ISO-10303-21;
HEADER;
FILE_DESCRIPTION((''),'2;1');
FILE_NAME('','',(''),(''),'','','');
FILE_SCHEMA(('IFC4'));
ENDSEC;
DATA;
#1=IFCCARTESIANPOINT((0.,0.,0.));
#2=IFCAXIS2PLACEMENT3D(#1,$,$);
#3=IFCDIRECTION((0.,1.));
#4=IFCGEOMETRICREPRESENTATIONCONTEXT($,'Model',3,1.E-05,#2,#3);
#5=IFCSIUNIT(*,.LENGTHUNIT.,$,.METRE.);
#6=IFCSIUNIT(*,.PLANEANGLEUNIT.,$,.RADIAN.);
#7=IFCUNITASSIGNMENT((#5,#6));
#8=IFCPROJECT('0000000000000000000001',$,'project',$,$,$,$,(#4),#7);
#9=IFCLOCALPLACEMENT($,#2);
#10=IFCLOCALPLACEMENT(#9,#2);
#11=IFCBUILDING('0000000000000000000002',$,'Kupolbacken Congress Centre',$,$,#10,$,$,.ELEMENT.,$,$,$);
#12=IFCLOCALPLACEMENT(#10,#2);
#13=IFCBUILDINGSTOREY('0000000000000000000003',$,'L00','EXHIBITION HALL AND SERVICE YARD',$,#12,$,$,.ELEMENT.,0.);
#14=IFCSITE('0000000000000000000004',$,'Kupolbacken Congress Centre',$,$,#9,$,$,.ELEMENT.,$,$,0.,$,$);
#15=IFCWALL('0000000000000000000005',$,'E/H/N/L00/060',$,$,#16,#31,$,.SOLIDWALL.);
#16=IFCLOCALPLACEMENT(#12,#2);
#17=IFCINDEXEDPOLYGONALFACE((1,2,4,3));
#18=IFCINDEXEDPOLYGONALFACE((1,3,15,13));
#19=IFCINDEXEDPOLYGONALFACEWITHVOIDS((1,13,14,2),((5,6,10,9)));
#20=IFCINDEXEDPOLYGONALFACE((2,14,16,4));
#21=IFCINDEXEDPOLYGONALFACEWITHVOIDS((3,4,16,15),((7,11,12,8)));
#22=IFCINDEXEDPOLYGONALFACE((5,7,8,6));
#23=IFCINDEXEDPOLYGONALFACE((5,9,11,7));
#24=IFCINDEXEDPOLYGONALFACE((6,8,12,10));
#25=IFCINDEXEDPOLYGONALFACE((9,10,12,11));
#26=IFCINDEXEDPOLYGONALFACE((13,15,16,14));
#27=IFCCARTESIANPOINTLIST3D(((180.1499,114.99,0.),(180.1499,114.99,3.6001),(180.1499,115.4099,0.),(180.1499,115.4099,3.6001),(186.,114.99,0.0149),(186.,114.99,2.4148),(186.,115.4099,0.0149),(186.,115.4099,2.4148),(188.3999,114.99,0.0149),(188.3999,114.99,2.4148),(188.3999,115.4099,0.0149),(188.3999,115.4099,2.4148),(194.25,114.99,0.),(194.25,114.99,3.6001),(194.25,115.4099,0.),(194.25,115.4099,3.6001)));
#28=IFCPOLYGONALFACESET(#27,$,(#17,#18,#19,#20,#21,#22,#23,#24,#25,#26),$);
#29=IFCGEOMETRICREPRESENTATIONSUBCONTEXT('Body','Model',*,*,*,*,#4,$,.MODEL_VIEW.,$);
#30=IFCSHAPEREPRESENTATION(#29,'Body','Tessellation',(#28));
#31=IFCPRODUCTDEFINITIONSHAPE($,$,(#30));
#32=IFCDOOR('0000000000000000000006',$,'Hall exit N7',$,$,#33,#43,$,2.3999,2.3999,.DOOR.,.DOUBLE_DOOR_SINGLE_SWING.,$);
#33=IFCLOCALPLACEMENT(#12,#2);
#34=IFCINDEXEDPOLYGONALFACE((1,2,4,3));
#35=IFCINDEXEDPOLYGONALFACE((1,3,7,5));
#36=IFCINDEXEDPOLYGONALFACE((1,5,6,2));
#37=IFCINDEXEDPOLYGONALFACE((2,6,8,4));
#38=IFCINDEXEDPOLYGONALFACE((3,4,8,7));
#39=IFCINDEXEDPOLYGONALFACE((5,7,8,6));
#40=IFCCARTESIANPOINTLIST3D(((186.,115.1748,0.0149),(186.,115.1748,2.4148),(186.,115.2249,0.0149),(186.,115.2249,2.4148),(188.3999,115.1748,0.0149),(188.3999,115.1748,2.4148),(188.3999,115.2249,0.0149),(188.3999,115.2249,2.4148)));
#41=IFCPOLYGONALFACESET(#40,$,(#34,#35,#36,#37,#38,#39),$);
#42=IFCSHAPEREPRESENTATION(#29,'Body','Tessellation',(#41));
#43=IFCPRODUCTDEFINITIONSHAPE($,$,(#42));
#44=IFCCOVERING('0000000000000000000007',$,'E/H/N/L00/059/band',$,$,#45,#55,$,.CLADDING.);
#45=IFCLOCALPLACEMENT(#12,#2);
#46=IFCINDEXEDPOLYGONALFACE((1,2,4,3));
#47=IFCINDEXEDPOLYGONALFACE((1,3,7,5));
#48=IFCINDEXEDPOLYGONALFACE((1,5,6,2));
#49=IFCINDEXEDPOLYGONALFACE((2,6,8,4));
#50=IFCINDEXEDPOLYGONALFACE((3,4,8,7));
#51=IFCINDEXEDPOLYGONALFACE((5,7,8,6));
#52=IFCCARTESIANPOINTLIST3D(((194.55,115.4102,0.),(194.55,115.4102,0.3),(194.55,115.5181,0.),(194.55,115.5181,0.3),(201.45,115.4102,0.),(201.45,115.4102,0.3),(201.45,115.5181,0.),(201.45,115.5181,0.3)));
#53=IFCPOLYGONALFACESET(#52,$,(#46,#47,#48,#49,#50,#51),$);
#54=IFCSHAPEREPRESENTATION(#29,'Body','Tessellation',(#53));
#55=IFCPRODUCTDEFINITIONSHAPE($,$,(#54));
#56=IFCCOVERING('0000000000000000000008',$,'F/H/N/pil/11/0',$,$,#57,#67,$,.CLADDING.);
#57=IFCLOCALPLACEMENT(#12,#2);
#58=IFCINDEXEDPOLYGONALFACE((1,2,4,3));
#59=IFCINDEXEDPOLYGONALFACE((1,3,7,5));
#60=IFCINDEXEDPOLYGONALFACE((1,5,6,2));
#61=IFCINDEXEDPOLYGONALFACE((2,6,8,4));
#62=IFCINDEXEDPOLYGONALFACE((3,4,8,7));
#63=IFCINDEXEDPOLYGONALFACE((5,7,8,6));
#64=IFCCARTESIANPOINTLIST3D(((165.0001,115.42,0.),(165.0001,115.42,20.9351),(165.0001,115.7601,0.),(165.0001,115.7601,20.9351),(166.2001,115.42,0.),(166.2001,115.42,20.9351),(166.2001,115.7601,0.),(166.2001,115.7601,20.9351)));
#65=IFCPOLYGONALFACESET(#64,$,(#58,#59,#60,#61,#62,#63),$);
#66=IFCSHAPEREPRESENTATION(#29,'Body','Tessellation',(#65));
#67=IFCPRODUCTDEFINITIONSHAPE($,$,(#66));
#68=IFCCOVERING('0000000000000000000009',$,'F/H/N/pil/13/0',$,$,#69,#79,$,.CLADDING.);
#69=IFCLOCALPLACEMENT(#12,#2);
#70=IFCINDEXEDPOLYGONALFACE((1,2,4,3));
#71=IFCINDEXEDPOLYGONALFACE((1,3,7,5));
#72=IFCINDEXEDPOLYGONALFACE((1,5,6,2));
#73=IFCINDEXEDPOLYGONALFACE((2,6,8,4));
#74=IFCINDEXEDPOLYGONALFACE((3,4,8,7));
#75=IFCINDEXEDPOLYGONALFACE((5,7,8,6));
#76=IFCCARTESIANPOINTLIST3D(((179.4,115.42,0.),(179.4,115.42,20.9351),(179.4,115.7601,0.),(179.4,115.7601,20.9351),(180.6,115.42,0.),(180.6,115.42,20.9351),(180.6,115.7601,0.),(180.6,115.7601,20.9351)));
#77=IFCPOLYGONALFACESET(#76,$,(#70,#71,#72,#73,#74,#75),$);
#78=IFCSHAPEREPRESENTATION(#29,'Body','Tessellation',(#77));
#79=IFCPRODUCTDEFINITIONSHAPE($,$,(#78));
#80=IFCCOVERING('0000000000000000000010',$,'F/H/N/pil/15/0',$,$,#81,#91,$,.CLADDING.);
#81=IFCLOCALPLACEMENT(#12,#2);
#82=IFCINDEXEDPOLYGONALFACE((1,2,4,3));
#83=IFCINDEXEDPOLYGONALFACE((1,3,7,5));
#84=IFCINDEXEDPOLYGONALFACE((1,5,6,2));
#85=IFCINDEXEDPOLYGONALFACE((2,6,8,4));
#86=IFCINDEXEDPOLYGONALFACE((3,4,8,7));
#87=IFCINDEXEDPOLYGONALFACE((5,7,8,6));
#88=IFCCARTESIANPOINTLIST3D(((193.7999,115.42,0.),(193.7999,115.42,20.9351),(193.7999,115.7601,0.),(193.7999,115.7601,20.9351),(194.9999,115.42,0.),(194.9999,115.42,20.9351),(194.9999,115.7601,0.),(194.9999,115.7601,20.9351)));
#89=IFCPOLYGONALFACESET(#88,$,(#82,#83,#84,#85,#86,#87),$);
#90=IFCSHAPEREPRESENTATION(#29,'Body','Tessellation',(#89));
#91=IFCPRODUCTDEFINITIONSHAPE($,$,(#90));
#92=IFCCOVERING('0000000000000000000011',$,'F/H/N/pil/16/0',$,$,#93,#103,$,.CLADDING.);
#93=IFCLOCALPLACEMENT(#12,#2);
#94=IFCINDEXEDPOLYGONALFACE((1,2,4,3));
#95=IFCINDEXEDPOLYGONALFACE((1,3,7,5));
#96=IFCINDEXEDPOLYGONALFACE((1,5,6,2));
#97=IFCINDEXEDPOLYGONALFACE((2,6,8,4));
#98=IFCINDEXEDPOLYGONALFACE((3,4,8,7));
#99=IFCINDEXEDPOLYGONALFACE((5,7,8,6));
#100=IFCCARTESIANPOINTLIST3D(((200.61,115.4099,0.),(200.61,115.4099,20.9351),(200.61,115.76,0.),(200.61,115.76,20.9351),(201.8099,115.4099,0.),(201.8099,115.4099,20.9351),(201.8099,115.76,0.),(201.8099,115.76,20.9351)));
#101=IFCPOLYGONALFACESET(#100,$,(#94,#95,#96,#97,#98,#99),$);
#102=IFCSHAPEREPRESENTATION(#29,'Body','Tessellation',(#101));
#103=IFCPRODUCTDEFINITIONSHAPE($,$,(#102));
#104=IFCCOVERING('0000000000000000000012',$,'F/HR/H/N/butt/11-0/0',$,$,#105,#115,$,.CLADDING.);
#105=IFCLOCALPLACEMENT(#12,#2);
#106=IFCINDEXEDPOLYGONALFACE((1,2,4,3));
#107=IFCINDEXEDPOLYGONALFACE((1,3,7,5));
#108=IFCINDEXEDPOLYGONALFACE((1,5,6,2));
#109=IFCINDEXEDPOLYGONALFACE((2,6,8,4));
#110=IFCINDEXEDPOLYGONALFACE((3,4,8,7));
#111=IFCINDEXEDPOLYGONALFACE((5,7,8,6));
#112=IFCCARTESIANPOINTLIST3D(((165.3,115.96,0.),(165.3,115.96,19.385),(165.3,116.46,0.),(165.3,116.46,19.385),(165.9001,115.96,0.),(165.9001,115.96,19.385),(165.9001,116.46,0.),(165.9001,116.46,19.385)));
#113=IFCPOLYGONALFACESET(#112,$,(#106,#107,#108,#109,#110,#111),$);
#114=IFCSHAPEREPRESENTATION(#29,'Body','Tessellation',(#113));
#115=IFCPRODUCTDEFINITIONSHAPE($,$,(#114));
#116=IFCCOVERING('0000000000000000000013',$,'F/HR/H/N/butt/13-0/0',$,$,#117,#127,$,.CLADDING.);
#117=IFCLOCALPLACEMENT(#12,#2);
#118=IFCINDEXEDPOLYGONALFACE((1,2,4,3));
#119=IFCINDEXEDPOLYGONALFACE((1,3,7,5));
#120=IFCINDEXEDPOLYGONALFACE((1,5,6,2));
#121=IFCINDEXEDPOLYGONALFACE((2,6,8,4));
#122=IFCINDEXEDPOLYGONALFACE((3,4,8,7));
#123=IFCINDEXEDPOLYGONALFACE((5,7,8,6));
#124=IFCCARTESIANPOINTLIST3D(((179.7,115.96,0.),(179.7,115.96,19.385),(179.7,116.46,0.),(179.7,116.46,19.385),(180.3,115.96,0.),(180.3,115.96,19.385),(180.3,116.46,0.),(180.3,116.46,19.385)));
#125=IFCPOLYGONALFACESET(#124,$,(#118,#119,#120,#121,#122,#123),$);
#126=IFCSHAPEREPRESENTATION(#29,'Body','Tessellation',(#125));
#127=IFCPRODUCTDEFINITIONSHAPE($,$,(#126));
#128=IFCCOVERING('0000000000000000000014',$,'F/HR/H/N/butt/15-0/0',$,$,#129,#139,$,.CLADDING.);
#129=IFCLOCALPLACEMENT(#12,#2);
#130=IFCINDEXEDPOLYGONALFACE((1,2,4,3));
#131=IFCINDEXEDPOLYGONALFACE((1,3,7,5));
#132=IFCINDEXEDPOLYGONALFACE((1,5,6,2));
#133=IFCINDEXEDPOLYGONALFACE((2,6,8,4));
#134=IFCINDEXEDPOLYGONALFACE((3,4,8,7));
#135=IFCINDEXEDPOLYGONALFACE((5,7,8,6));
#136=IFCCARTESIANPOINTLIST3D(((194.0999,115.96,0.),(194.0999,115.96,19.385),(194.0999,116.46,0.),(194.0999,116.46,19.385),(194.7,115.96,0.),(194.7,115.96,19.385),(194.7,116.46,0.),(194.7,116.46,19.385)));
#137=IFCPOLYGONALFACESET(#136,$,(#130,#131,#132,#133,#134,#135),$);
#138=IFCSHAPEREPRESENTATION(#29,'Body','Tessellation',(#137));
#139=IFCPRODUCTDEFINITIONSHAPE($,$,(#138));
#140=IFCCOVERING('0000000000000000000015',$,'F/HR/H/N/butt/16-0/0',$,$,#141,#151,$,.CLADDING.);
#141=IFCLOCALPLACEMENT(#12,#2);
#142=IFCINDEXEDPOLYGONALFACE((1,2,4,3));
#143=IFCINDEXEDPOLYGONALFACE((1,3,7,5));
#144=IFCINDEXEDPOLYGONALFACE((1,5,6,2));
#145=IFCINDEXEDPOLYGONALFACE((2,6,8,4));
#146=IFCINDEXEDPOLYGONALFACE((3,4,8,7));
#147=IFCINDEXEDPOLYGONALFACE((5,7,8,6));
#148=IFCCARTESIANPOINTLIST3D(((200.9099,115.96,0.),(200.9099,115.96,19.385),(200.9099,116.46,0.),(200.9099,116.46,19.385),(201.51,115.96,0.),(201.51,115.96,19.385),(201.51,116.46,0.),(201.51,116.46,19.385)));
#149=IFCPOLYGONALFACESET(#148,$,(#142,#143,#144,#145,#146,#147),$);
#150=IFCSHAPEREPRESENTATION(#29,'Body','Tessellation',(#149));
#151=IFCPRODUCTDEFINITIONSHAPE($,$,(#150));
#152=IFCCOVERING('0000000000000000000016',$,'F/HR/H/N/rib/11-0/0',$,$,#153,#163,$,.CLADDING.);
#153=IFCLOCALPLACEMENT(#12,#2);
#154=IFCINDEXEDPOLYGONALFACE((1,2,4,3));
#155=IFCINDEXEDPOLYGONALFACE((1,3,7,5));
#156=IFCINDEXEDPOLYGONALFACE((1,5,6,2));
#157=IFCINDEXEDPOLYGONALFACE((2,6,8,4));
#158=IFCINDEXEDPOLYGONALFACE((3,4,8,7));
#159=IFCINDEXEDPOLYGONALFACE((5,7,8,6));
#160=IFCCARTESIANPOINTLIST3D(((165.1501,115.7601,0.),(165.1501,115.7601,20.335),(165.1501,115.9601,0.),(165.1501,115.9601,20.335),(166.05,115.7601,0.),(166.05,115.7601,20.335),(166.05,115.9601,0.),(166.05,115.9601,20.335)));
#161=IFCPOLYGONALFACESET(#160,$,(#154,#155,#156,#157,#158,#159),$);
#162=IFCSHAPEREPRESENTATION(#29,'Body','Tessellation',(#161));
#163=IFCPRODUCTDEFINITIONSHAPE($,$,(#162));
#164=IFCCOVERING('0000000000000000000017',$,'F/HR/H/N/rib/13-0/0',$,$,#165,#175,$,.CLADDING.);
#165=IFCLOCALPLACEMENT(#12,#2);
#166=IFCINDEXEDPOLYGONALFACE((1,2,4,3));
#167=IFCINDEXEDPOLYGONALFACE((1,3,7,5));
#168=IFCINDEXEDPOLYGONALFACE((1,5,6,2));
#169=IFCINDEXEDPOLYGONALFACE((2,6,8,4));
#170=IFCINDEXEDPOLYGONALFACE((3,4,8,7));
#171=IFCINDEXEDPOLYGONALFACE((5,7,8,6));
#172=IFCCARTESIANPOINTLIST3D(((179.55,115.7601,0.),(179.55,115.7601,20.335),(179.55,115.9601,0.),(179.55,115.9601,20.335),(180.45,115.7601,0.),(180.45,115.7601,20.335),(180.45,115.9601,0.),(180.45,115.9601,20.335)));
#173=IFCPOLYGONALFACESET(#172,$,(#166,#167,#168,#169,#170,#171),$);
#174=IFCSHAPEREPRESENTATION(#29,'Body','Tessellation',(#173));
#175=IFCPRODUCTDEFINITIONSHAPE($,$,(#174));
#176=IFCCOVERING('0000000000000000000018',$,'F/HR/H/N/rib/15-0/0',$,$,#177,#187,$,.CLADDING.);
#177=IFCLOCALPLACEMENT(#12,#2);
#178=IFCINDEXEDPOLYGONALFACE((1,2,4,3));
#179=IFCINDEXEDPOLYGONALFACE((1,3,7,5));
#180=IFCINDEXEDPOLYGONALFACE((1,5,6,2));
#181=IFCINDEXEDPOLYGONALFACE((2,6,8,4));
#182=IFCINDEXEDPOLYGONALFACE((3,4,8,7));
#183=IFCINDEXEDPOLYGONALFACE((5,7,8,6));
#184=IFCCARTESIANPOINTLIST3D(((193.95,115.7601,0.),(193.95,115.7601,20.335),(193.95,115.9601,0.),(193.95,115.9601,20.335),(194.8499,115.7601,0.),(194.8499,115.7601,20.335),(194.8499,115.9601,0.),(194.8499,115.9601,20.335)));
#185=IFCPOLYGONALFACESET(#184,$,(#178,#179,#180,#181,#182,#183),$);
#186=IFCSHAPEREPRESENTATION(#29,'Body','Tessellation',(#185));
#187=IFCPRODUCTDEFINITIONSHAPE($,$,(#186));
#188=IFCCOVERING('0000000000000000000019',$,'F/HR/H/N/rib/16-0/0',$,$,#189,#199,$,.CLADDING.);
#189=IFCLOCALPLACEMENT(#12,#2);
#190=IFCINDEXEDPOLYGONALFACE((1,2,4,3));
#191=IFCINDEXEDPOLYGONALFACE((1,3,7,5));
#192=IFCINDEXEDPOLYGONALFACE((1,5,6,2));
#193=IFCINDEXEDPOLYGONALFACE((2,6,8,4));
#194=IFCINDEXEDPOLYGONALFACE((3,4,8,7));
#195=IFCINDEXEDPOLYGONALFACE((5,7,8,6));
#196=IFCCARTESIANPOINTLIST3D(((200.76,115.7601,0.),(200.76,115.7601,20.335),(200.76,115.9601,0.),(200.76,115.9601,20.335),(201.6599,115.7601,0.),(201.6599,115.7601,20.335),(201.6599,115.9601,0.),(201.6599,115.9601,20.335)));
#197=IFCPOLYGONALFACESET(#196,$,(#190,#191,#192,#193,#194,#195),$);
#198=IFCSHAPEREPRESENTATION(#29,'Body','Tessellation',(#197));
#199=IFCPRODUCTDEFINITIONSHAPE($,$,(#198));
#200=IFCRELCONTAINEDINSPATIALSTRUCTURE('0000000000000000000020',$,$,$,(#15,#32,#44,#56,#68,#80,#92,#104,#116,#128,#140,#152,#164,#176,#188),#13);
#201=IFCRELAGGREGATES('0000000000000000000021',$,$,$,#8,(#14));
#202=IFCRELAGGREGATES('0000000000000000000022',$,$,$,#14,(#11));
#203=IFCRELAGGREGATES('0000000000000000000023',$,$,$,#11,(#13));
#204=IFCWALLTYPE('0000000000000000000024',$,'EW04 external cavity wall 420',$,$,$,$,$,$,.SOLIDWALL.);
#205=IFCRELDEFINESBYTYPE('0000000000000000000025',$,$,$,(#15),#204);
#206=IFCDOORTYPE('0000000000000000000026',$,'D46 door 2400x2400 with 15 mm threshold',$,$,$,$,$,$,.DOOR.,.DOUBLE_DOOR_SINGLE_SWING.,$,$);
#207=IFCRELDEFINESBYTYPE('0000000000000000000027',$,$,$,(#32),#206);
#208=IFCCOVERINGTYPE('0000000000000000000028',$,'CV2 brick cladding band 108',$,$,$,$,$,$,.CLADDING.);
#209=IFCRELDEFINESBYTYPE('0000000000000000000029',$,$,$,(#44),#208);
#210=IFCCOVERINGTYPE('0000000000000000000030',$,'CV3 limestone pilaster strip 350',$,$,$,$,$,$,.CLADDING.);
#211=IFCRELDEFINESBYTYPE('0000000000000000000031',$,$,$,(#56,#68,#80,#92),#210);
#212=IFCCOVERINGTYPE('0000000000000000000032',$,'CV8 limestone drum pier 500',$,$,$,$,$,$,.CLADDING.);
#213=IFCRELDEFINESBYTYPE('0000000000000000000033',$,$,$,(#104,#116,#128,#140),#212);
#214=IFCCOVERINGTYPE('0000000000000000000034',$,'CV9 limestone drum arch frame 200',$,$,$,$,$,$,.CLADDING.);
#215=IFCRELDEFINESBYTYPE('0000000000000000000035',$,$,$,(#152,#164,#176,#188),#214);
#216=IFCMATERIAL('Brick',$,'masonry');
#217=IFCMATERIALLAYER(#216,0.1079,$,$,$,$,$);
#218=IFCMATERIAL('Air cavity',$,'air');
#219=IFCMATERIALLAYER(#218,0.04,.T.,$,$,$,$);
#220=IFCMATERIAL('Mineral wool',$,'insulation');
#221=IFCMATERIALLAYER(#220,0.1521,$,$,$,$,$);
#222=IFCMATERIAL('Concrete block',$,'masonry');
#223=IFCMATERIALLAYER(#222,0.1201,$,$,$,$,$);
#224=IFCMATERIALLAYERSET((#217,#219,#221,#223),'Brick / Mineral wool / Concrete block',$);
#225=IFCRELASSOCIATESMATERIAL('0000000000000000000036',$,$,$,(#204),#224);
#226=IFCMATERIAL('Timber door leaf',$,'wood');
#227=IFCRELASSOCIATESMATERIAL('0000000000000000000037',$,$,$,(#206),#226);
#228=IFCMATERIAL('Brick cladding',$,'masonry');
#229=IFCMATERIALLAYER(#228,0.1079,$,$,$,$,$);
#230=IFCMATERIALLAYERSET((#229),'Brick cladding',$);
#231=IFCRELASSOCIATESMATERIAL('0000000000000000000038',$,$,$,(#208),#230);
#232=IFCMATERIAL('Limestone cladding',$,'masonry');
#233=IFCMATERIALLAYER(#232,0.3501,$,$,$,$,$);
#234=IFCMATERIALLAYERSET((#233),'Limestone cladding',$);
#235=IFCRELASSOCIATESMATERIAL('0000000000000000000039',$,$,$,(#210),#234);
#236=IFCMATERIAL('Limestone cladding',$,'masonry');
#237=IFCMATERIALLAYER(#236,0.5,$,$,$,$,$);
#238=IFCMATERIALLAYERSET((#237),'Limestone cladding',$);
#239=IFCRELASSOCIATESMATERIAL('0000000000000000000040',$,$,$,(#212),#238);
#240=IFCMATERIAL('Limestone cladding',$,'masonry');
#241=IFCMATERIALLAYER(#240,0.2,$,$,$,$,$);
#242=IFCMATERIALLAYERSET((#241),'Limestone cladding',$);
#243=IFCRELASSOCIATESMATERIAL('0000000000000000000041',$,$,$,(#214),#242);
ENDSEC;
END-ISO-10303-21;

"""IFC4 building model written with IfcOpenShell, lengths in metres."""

from ifc_helpers import new_model, si_unit, direction, frame, frame_2d, origin, origin_2d, place, context, subcontext, project, spatial, rectangle, extrude, material, layer, layer_set, type_object, element, fill, save


model = new_model("IFC4")

# Units and contexts
model_context = context("Model", 3, precision=1e-05, world=origin(), true_north=direction((0.0, 1.0)))
body_context = subcontext(model_context, "Body", "Model", "MODEL_VIEW")
ifc_project = project(units=[si_unit("LENGTHUNIT", "METRE"), si_unit("PLANEANGLEUNIT", "RADIAN")], contexts=[model_context])

# Site, building, storey
site_placement = place(None, origin())
site = spatial("IfcSite", under=ifc_project, at=site_placement, Name="Kupolbacken Congress Centre", CompositionType="ELEMENT", RefElevation=0.0)
building_placement = place(site_placement, origin())
building = spatial("IfcBuilding", under=site, at=building_placement, Name="Kupolbacken Congress Centre", CompositionType="ELEMENT")
storey_placement = place(building_placement, origin())
storey = spatial("IfcBuildingStorey", under=building, at=storey_placement, Name="L00", Description="EXHIBITION HALL AND SERVICE YARD", CompositionType="ELEMENT", Elevation=0.0)

# Shared definitions
ifc_material_1 = material(Name="Brick", Category="masonry")
ifc_layer_1 = layer(ifc_material_1, 0.1079)
ifc_material_2 = material(Name="Air cavity", Category="air")
ifc_layer_2 = layer(ifc_material_2, 0.04, ventilated=True)
ifc_material_3 = material(Name="Mineral wool", Category="insulation")
ifc_layer_3 = layer(ifc_material_3, 0.1521)
ifc_material_4 = material(Name="Concrete block", Category="masonry")
ifc_layer_4 = layer(ifc_material_4, 0.1201)
ifc_layer_set_1 = layer_set([ifc_layer_1, ifc_layer_2, ifc_layer_3, ifc_layer_4], Name="Brick / Mineral wool / Concrete block")
wall_type = type_object("IfcWallType", Name="EW04 external cavity wall 420", PredefinedType="SOLIDWALL", material=ifc_layer_set_1)

# Wall, opening, door
wall_1_placement = place(storey_placement, frame((194.25, 115.2, 0.0), z_axis=(0.0, 0.0, 1.0), x_axis=(-1.0, 0.0, 0.0)))
wall_1 = element("IfcWall", 1, at=wall_1_placement, inside=storey, type_object=wall_type, Name="E/H/N/L00/060", PredefinedType="SOLIDWALL", context=body_context, shape_type="SweptSolid", body=[
    extrude(rectangle(XDim=14.1001, YDim=0.4199, at=frame_2d((7.05, 0.0))), origin(), (0.0, 0.0, 1.0), 3.6001),
])
opening_placement = place(wall_1_placement, frame((5.8501, 0.0, 0.0149)))
opening = element("IfcOpeningElement", 2, at=opening_placement, cuts=wall_1, PredefinedType="OPENING", context=body_context, shape_type="SweptSolid", body=[
    extrude(rectangle(XDim=2.3999, YDim=2.3999, at=frame_2d((1.2, 1.2))), frame((0.0, 0.22, 0.0), z_axis=(0.0, -1.0, 0.0), x_axis=(1.0, 0.0, 0.0)), (0.0, 0.0, 1.0), 0.4399),
])
ifc_material_5 = material(Name="Timber door leaf", Category="wood")
door_type = type_object("IfcDoorType", Name="D46 door 2400x2400 with 15 mm threshold", OperationType="DOUBLE_DOOR_SINGLE_SWING", PredefinedType="DOOR", material=ifc_material_5)
door_placement = place(opening_placement, frame((2.3999, 0.0, 0.0), z_axis=(0.0, 0.0, 1.0), x_axis=(-1.0, 0.0, 0.0)))
door = element("IfcDoor", 3, at=door_placement, inside=storey, type_object=door_type, Name="Hall exit N7", OperationType="DOUBLE_DOOR_SINGLE_SWING", OverallHeight=2.3999, OverallWidth=2.3999, PredefinedType="DOOR", context=body_context, shape_type="SweptSolid", body=[
    extrude(rectangle(XDim=2.3999, YDim=2.3999, at=frame_2d((1.2, 1.2))), frame((0.0, 0.0249, 0.0), z_axis=(0.0, -1.0, 0.0), x_axis=(1.0, 0.0, 0.0)), (0.0, 0.0, 1.0), 0.05),
])
fill(opening, door)

# Coverings
ifc_material_6 = material(Name="Brick cladding", Category="masonry")
ifc_layer_5 = layer(ifc_material_6, 0.1079)
ifc_layer_set_2 = layer_set([ifc_layer_5], Name="Brick cladding")
covering_type_1 = type_object("IfcCoveringType", Name="CV2 brick cladding band 108", PredefinedType="CLADDING", material=ifc_layer_set_2)
covering_1_placement = place(storey_placement, frame((198.0, 115.4641, 0.0), z_axis=(0.0, 0.0, 1.0), x_axis=(-1.0, 0.0, 0.0)))
element("IfcCovering", 4, at=covering_1_placement, inside=storey, type_object=covering_type_1, Name="E/H/N/L00/059/band", PredefinedType="CLADDING", context=body_context, shape_type="SweptSolid", body=[
    extrude(rectangle(XDim=6.8999, YDim=0.1079, at=origin_2d()), origin(), (0.0, 0.0, 1.0), 0.3),
])
ifc_material_7 = material(Name="Limestone cladding", Category="masonry")
ifc_layer_6 = layer(ifc_material_7, 0.3501)
ifc_layer_set_3 = layer_set([ifc_layer_6], Name="Limestone cladding")
covering_type_2 = type_object("IfcCoveringType", Name="CV3 limestone pilaster strip 350", PredefinedType="CLADDING", material=ifc_layer_set_3)
for number, where, z_axis, x_axis, name in (
    (5, (165.6001, 115.5901, 0.0), (0.0, 0.0, 1.0), (1.0, 0.0, 0.0), "F/H/N/pil/11/0"),
    (6, (180.0, 115.5901, 0.0), (0.0, 0.0, 1.0), (1.0, 0.0, 0.0), "F/H/N/pil/13/0"),
    (7, (194.3999, 115.5901, 0.0), (0.0, 0.0, 1.0), (1.0, 0.0, 0.0), "F/H/N/pil/15/0"),
):
    element("IfcCovering", number, at=place(storey_placement, frame(where, z_axis=z_axis, x_axis=x_axis)), inside=storey, type_object=covering_type_2, Name=name, PredefinedType="CLADDING", context=body_context, shape_type="SweptSolid", body=[
        extrude(rectangle(XDim=1.2, YDim=0.3401, at=origin_2d()), origin(), (0.0, 0.0, 1.0), 20.9351),
    ])
covering_2_placement = place(storey_placement, frame((201.21, 115.585, 0.0), z_axis=(0.0, 0.0, 1.0), x_axis=(1.0, 0.0, 0.0)))
element("IfcCovering", 8, at=covering_2_placement, inside=storey, type_object=covering_type_2, Name="F/H/N/pil/16/0", PredefinedType="CLADDING", context=body_context, shape_type="SweptSolid", body=[
    extrude(rectangle(XDim=1.2, YDim=0.3501, at=origin_2d()), origin(), (0.0, 0.0, 1.0), 20.9351),
])
ifc_material_8 = material(Name="Limestone cladding", Category="masonry")
ifc_layer_7 = layer(ifc_material_8, 0.5)
ifc_layer_set_4 = layer_set([ifc_layer_7], Name="Limestone cladding")
covering_type_3 = type_object("IfcCoveringType", Name="CV8 limestone drum pier 500", PredefinedType="CLADDING", material=ifc_layer_set_4)
for number, where, z_axis, x_axis, name in (
    (9, (165.6001, 116.21, 0.0), (0.0, 0.0, 1.0), (1.0, 0.0, 0.0), "F/HR/H/N/butt/11-0/0"),
    (10, (180.0, 116.21, 0.0), (0.0, 0.0, 1.0), (1.0, 0.0, 0.0), "F/HR/H/N/butt/13-0/0"),
    (11, (194.3999, 116.21, 0.0), (0.0, 0.0, 1.0), (1.0, 0.0, 0.0), "F/HR/H/N/butt/15-0/0"),
    (12, (201.21, 116.21, 0.0), (0.0, 0.0, 1.0), (1.0, 0.0, 0.0), "F/HR/H/N/butt/16-0/0"),
):
    element("IfcCovering", number, at=place(storey_placement, frame(where, z_axis=z_axis, x_axis=x_axis)), inside=storey, type_object=covering_type_3, Name=name, PredefinedType="CLADDING", context=body_context, shape_type="SweptSolid", body=[
        extrude(rectangle(XDim=0.6001, YDim=0.5, at=origin_2d()), origin(), (0.0, 0.0, 1.0), 19.385),
    ])
ifc_material_9 = material(Name="Limestone cladding", Category="masonry")
ifc_layer_8 = layer(ifc_material_9, 0.2)
ifc_layer_set_5 = layer_set([ifc_layer_8], Name="Limestone cladding")
covering_type_4 = type_object("IfcCoveringType", Name="CV9 limestone drum arch frame 200", PredefinedType="CLADDING", material=ifc_layer_set_5)
for number, where, z_axis, x_axis, name in (
    (13, (165.6001, 115.8601, 0.0), (0.0, 0.0, 1.0), (1.0, 0.0, 0.0), "F/HR/H/N/rib/11-0/0"),
    (14, (180.0, 115.8601, 0.0), (0.0, 0.0, 1.0), (1.0, 0.0, 0.0), "F/HR/H/N/rib/13-0/0"),
    (15, (194.3999, 115.8601, 0.0), (0.0, 0.0, 1.0), (1.0, 0.0, 0.0), "F/HR/H/N/rib/15-0/0"),
    (16, (201.21, 115.8601, 0.0), (0.0, 0.0, 1.0), (1.0, 0.0, 0.0), "F/HR/H/N/rib/16-0/0"),
):
    element("IfcCovering", number, at=place(storey_placement, frame(where, z_axis=z_axis, x_axis=x_axis)), inside=storey, type_object=covering_type_4, Name=name, PredefinedType="CLADDING", context=body_context, shape_type="SweptSolid", body=[
        extrude(rectangle(XDim=0.8999, YDim=0.2, at=origin_2d()), origin(), (0.0, 0.0, 1.0), 20.335),
    ])

save(model, "model.ifc")
